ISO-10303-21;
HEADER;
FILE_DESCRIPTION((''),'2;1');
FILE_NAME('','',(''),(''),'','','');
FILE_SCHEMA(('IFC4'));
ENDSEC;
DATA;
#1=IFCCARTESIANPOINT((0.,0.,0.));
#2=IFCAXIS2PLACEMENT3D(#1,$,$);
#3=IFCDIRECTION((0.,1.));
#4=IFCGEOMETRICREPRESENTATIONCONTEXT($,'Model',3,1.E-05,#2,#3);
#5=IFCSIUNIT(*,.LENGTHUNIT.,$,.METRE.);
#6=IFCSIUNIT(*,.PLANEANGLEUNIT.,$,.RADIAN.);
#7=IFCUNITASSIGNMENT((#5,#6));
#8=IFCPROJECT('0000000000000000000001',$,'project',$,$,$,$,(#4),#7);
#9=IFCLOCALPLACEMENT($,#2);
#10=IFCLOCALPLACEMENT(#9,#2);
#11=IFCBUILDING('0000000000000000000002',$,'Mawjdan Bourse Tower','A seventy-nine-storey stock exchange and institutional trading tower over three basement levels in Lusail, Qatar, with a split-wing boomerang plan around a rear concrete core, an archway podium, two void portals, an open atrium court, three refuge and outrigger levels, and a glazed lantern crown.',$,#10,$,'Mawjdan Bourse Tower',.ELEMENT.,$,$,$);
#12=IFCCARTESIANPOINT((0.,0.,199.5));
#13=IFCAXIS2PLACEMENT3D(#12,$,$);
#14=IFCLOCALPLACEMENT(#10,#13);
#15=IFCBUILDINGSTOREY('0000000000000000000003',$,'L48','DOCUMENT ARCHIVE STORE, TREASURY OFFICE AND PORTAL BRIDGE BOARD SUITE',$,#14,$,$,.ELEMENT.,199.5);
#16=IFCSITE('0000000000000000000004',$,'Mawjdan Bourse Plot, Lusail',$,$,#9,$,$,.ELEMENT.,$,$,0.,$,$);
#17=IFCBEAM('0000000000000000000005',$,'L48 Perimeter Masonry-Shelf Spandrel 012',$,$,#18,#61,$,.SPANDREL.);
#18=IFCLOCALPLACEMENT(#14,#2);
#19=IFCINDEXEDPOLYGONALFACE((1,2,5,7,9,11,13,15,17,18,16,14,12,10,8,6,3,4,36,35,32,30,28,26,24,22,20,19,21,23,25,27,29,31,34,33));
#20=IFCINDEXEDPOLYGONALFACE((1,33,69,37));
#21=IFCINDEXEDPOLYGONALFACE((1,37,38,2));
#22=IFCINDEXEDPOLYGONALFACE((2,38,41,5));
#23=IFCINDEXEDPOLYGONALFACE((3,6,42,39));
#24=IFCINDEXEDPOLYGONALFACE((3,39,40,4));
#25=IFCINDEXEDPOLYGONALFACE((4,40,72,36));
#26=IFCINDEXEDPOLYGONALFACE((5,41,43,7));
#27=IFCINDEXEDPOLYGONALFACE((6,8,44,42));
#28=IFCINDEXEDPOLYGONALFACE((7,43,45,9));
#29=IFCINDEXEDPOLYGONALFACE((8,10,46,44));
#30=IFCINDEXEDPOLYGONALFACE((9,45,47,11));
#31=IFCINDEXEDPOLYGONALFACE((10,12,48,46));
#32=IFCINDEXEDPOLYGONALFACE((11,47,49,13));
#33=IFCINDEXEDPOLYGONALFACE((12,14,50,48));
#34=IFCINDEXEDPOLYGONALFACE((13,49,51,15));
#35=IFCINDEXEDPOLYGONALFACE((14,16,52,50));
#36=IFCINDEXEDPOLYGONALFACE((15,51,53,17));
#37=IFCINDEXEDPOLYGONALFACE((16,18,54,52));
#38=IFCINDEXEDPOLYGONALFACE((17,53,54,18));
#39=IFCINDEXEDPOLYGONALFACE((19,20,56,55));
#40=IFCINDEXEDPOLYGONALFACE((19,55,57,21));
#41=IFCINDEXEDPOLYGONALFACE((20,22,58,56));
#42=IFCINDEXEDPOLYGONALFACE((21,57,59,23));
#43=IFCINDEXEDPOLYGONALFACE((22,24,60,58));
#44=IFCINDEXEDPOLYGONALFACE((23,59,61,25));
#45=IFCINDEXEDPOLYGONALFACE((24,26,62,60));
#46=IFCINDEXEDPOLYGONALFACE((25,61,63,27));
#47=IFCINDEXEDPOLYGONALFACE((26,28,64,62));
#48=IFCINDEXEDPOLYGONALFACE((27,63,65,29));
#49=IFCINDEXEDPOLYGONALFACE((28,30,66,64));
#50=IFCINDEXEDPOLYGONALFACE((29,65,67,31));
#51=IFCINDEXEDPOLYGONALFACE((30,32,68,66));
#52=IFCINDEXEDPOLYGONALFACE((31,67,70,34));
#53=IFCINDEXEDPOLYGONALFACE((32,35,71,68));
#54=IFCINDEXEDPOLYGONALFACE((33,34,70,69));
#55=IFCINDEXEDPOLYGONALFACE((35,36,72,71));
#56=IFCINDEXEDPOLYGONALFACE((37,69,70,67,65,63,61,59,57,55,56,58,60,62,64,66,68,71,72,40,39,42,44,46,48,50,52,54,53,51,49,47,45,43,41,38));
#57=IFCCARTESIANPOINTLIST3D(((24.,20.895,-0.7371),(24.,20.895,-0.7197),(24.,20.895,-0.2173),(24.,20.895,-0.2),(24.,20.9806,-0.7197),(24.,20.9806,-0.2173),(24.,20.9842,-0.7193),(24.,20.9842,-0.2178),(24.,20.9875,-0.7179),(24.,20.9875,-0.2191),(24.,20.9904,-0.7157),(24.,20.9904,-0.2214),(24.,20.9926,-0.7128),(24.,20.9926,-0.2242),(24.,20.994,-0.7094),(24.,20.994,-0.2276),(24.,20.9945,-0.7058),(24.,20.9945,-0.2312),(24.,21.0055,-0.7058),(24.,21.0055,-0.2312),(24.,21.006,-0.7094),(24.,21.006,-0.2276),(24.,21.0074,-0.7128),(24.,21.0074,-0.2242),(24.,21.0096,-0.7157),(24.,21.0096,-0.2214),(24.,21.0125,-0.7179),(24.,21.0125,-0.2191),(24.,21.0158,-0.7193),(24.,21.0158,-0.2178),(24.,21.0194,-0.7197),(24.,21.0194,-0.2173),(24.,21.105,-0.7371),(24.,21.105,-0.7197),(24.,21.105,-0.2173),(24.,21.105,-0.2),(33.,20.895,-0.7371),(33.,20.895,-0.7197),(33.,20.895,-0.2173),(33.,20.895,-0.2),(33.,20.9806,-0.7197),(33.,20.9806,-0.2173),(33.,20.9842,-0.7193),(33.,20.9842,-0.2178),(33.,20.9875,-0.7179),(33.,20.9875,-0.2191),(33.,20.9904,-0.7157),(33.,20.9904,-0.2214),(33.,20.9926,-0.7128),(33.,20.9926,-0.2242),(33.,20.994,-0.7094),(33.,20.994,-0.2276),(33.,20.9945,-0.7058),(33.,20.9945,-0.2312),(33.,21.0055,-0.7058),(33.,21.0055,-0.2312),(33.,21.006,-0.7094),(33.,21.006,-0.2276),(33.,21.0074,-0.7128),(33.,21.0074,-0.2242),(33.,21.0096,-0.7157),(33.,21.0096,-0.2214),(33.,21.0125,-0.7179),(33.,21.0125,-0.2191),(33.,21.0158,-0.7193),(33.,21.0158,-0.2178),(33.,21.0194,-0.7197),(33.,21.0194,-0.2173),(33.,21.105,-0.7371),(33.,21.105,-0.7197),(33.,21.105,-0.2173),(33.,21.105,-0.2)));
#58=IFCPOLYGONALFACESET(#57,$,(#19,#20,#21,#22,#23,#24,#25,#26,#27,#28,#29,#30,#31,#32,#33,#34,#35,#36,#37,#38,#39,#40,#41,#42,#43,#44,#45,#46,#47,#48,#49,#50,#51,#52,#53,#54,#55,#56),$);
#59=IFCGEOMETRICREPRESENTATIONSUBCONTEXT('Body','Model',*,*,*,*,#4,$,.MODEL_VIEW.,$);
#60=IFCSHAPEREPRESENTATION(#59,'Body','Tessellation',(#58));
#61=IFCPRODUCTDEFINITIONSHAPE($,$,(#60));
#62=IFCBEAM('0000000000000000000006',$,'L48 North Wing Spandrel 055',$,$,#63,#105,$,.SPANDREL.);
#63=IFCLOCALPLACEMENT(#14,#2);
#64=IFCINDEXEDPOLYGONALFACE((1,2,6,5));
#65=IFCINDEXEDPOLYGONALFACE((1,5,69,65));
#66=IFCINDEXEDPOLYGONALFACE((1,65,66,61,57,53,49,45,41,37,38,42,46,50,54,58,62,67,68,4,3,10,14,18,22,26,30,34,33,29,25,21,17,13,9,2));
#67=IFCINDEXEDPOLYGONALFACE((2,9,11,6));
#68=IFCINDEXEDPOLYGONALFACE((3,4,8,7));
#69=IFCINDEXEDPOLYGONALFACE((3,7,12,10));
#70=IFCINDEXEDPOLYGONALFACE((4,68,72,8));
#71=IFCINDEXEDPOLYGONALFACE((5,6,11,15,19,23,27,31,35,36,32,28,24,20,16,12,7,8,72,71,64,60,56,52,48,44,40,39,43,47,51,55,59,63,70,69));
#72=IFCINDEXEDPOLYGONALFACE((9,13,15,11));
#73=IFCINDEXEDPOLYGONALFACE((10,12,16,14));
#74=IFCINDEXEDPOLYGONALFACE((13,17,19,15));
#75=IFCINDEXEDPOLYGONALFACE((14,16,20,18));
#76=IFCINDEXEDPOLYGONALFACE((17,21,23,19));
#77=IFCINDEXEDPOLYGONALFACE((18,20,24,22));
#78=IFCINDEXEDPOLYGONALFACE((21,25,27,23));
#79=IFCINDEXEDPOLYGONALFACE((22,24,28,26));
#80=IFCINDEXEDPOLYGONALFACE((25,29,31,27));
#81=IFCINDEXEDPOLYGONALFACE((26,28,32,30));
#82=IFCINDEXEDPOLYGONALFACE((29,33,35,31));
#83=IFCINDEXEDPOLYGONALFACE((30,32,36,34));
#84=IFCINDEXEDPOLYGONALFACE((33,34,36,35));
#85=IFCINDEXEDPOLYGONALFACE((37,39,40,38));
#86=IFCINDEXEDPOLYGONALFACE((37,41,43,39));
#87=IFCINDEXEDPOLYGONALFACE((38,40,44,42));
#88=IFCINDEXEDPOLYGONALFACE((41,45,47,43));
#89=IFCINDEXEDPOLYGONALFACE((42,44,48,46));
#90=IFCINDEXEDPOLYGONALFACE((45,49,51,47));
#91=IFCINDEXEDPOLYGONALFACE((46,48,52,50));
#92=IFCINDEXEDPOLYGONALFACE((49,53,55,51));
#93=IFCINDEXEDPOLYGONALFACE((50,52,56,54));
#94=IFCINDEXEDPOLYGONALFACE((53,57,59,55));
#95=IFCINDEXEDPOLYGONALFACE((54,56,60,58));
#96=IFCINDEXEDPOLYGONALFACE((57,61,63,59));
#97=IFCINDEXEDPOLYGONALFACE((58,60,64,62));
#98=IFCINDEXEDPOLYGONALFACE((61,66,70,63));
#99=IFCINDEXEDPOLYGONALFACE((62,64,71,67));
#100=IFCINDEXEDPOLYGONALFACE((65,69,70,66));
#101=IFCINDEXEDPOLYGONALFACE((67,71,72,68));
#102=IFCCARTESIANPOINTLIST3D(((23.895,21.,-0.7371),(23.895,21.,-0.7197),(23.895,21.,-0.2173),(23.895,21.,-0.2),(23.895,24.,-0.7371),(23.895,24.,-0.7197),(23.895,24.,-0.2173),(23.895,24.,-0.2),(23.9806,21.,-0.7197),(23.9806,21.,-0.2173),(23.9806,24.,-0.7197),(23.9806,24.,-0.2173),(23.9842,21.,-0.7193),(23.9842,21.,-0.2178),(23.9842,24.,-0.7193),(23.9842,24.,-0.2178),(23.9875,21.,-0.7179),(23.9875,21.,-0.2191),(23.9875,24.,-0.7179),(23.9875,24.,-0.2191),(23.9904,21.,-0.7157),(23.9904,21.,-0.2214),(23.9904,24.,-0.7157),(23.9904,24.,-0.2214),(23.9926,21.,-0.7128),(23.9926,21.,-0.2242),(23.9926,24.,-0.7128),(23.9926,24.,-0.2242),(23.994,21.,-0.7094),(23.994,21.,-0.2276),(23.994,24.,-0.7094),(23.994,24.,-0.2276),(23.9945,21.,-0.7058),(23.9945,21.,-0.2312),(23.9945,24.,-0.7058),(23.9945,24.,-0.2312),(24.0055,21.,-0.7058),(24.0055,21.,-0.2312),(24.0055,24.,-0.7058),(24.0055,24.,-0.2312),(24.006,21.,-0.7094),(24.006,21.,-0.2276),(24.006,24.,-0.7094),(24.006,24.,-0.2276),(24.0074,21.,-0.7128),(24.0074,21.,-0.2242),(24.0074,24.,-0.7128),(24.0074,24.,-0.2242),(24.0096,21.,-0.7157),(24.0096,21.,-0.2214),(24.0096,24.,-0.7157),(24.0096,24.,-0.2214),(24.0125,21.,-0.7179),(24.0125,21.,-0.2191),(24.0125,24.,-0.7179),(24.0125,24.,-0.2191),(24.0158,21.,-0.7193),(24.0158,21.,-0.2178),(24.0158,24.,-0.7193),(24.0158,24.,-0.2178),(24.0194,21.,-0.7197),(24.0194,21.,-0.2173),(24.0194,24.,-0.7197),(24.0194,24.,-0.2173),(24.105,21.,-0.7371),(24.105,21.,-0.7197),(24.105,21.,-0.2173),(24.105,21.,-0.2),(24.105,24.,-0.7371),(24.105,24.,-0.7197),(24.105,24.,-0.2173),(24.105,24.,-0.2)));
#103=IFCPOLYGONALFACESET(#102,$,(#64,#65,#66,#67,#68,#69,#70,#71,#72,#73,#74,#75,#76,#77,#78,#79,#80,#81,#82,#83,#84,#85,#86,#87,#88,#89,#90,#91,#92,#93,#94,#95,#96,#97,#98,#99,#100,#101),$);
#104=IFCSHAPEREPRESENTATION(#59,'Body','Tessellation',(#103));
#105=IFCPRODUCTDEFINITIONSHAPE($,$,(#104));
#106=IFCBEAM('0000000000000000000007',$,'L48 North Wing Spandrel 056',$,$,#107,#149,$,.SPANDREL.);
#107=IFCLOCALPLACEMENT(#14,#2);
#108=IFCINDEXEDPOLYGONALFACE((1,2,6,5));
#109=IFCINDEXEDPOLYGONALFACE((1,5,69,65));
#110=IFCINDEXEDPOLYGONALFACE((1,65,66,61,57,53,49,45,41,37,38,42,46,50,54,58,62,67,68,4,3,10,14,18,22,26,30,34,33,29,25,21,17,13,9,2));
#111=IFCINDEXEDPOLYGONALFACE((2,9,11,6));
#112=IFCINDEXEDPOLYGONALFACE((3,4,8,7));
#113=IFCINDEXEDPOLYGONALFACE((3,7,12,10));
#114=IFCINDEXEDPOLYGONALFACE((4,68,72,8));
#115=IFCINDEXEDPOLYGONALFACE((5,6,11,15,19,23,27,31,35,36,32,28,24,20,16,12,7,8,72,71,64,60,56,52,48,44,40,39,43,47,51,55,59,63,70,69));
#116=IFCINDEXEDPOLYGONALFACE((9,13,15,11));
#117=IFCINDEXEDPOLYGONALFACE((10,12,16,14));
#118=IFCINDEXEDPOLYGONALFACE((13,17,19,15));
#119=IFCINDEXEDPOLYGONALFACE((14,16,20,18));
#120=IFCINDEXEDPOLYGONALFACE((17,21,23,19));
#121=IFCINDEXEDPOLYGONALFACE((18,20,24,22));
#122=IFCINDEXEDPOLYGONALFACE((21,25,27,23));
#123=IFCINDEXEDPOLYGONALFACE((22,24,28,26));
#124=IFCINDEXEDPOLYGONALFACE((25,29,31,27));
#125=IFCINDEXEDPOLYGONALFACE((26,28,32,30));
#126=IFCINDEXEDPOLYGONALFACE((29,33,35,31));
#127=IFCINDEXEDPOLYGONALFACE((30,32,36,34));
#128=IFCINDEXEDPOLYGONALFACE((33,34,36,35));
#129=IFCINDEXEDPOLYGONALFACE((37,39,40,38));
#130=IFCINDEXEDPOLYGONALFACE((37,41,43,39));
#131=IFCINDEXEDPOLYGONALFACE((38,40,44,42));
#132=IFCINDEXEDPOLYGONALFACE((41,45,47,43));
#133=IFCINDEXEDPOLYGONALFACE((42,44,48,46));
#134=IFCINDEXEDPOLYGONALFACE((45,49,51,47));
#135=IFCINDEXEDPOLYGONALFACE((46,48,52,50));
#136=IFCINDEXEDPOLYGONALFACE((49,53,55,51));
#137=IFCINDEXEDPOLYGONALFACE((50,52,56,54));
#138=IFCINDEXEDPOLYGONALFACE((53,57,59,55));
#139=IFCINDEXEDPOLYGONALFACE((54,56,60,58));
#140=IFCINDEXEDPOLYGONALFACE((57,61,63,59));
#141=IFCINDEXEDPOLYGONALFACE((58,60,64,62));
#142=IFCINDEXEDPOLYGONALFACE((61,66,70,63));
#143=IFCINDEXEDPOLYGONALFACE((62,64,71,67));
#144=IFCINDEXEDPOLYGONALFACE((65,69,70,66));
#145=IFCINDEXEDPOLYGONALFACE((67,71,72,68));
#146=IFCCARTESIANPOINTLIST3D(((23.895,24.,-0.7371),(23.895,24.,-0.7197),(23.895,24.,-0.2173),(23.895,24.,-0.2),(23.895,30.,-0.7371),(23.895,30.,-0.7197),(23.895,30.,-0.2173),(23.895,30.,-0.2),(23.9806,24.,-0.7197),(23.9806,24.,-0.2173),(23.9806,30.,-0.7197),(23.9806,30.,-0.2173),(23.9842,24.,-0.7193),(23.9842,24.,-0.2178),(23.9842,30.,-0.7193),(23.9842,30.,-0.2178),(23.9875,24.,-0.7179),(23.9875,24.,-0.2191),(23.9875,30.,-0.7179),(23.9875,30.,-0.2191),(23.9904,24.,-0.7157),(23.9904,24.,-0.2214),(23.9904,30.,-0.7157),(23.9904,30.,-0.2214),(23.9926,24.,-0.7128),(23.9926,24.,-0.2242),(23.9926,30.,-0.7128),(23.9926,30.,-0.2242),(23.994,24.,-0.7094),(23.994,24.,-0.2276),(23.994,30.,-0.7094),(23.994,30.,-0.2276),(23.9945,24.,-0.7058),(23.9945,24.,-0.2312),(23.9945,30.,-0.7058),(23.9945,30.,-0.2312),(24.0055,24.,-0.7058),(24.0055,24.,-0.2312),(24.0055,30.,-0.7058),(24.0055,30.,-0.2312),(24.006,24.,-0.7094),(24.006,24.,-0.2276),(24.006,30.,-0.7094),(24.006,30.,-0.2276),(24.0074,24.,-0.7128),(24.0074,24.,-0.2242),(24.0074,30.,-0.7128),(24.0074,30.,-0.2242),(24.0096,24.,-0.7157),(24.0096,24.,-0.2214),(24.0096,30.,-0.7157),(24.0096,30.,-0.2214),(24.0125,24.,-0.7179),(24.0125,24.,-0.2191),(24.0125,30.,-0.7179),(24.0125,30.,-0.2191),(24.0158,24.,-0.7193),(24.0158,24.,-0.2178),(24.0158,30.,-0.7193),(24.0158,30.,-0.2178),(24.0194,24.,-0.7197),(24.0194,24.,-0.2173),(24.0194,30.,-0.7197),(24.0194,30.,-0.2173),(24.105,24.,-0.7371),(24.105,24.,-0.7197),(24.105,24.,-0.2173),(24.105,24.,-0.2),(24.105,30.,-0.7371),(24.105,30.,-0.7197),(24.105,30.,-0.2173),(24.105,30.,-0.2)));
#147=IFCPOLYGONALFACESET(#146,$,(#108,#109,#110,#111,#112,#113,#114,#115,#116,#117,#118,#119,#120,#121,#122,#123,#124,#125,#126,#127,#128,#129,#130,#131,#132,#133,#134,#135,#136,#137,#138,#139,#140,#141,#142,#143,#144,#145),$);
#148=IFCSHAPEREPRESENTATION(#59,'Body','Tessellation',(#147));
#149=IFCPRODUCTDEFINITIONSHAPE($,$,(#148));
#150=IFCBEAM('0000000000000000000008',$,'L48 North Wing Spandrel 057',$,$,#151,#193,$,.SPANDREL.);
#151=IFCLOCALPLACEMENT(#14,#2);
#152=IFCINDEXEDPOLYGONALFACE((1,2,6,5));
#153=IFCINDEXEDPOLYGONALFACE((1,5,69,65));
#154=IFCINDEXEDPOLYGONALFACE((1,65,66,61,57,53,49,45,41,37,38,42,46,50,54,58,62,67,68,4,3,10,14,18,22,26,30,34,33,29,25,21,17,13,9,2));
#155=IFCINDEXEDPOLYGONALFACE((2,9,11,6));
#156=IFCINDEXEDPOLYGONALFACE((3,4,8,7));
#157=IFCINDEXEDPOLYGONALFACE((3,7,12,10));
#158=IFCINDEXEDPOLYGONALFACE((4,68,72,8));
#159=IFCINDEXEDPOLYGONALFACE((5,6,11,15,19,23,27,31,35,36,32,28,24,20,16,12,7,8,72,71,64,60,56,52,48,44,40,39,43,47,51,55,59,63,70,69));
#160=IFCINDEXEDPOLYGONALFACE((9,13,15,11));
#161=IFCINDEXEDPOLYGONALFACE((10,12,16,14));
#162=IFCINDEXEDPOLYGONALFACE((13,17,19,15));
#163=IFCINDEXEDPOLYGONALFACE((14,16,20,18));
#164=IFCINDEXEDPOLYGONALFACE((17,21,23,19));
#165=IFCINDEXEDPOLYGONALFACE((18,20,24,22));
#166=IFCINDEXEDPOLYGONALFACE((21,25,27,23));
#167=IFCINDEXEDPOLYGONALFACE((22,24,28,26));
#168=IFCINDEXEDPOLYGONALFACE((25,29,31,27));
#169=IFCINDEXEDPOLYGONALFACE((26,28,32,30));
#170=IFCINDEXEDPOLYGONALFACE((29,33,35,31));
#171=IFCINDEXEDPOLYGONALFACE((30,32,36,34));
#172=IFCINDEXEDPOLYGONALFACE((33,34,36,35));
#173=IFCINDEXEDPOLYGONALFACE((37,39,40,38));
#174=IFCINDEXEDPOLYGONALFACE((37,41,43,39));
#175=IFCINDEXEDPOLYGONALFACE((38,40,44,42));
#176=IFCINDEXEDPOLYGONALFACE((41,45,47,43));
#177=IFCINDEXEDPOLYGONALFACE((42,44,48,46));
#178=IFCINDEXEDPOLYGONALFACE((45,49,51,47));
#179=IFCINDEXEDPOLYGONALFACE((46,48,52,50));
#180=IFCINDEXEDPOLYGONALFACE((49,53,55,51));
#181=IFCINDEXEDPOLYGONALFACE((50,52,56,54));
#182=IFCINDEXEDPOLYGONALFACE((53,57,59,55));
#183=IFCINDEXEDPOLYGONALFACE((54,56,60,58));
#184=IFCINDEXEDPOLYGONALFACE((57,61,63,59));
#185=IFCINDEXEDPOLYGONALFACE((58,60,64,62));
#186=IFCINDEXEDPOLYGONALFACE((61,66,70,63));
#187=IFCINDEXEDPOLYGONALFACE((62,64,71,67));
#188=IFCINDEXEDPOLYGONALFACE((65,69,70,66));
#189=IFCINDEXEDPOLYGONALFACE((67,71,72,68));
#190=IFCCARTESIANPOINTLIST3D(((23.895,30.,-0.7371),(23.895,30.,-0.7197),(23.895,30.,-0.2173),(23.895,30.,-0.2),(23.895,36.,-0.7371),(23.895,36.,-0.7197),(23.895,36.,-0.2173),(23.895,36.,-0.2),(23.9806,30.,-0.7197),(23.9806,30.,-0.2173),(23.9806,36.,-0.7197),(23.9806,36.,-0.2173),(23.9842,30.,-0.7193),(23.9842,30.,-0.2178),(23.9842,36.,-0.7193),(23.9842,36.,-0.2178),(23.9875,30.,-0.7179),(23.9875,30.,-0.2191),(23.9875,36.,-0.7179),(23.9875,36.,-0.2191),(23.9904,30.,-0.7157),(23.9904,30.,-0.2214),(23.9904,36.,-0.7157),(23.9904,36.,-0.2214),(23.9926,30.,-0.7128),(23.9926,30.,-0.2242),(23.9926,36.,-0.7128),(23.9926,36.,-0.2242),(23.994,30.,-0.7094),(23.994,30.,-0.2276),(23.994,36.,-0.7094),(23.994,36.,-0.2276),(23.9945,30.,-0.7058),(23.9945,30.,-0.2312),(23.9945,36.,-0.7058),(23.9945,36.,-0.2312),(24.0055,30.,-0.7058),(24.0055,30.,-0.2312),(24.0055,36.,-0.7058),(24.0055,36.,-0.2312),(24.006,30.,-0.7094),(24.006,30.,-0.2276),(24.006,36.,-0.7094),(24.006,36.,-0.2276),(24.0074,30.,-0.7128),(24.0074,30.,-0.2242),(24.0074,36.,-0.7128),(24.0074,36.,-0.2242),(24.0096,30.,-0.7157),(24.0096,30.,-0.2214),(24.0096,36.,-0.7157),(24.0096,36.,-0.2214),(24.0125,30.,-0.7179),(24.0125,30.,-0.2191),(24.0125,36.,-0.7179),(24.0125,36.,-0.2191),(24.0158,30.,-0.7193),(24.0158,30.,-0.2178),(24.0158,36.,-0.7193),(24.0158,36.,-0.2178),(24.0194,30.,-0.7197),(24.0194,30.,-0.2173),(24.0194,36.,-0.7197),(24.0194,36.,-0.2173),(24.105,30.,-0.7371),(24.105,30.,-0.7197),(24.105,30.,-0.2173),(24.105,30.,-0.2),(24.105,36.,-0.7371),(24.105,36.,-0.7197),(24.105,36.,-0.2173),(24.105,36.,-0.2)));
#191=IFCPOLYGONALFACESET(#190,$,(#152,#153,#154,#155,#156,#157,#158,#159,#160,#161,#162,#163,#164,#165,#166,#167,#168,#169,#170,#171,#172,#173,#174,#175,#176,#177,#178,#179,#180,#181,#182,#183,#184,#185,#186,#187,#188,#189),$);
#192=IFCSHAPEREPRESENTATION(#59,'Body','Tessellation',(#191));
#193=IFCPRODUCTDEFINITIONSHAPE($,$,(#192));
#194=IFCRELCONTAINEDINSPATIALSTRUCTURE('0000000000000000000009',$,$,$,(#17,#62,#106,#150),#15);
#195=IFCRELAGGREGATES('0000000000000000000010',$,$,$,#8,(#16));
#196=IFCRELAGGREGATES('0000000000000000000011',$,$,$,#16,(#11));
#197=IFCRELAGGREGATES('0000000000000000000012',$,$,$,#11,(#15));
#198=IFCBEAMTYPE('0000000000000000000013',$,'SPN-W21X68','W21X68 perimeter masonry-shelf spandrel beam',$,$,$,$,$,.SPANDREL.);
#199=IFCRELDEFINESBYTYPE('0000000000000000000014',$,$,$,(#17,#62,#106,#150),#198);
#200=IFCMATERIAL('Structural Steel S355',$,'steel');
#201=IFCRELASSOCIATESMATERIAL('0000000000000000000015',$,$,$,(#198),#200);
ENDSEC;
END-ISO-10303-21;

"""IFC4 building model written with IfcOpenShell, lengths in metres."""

from ifc_helpers import new_model, si_unit, direction, frame, origin, origin_2d, place, context, subcontext, project, spatial, i_section, extrude, material, material_profile, profile_set, type_object, element, save


model = new_model("IFC4")

# Units and contexts
model_context = context("Model", 3, precision=1e-05, world=origin(), true_north=direction((0.0, 1.0)))
body_context = subcontext(model_context, "Body", "Model", "MODEL_VIEW")
ifc_project = project(units=[si_unit("LENGTHUNIT", "METRE"), si_unit("PLANEANGLEUNIT", "RADIAN")], contexts=[model_context])

# Site, building, storey
site_placement = place(None, origin())
site = spatial("IfcSite", under=ifc_project, at=site_placement, Name="Mawjdan Bourse Plot, Lusail", CompositionType="ELEMENT", RefElevation=0.0)
building_placement = place(site_placement, origin())
building = spatial("IfcBuilding", under=site, at=building_placement, Name="Mawjdan Bourse Tower", Description="A seventy-nine-storey stock exchange and institutional trading tower over three basement levels in Lusail, Qatar, with a split-wing boomerang plan around a rear concrete core, an archway podium, two void portals, an open atrium court, three refuge and outrigger levels, and a glazed lantern crown.", LongName="Mawjdan Bourse Tower", CompositionType="ELEMENT")
storey_placement = place(building_placement, frame((0.0, 0.0, 199.5)))
storey = spatial("IfcBuildingStorey", under=building, at=storey_placement, Name="L48", Description="DOCUMENT ARCHIVE STORE, TREASURY OFFICE AND PORTAL BRIDGE BOARD SUITE", CompositionType="ELEMENT", Elevation=199.5)

# Beams
ifc_material_1 = material(Name="Structural Steel S355", Category="steel")
ifc_material_profile_1 = material_profile(ifc_material_1, i_section(OverallWidth=0.21, OverallDepth=0.5371, WebThickness=0.011, FlangeThickness=0.0173, FilletRadius=0.0139, at=origin_2d()), Name="W21X68")
ifc_profile_set_1 = profile_set([ifc_material_profile_1], Name="Structural Steel S355")
beam_type_1 = type_object("IfcBeamType", Name="SPN-W21X68", Description="W21X68 perimeter masonry-shelf spandrel beam", PredefinedType="SPANDREL", material=ifc_profile_set_1)
beam_1_placement = place(storey_placement, frame((24.0, 21.0, -0.4685), z_axis=(1.0, 0.0, 0.0), x_axis=(0.0, 1.0, 0.0)))
element("IfcBeam", 1, at=beam_1_placement, inside=storey, type_object=beam_type_1, Name="L48 Perimeter Masonry-Shelf Spandrel 012", PredefinedType="SPANDREL", context=body_context, shape_type="SweptSolid", body=[
    extrude(i_section(OverallWidth=0.21, OverallDepth=0.5371, WebThickness=0.011, FlangeThickness=0.0173, FilletRadius=0.0139, at=origin_2d()), origin(), (0.0, 0.0, 1.0), 9.0),
])
beam_2_placement = place(storey_placement, frame((24.0, 21.0, -0.4685), z_axis=(0.0, 1.0, 0.0), x_axis=(-1.0, 0.0, 0.0)))
element("IfcBeam", 2, at=beam_2_placement, inside=storey, type_object=beam_type_1, Name="L48 North Wing Spandrel 055", PredefinedType="SPANDREL", context=body_context, shape_type="SweptSolid", body=[
    extrude(i_section(OverallWidth=0.21, OverallDepth=0.5371, WebThickness=0.011, FlangeThickness=0.0173, FilletRadius=0.0139, at=origin_2d()), origin(), (0.0, 0.0, 1.0), 3.0),
])
for number, where, z_axis, x_axis, name in (
    (3, (24.0, 24.0, -0.4685), (0.0, 1.0, 0.0), (-1.0, 0.0, 0.0), "L48 North Wing Spandrel 056"),
    (4, (24.0, 30.0, -0.4685), (0.0, 1.0, 0.0), (-1.0, 0.0, 0.0), "L48 North Wing Spandrel 057"),
):
    element("IfcBeam", number, at=place(storey_placement, frame(where, z_axis=z_axis, x_axis=x_axis)), inside=storey, type_object=beam_type_1, Name=name, PredefinedType="SPANDREL", context=body_context, shape_type="SweptSolid", body=[
        extrude(i_section(OverallWidth=0.21, OverallDepth=0.5371, WebThickness=0.011, FlangeThickness=0.0173, FilletRadius=0.0139, at=origin_2d()), origin(), (0.0, 0.0, 1.0), 6.0),
    ])

save(model, "model.ifc")
